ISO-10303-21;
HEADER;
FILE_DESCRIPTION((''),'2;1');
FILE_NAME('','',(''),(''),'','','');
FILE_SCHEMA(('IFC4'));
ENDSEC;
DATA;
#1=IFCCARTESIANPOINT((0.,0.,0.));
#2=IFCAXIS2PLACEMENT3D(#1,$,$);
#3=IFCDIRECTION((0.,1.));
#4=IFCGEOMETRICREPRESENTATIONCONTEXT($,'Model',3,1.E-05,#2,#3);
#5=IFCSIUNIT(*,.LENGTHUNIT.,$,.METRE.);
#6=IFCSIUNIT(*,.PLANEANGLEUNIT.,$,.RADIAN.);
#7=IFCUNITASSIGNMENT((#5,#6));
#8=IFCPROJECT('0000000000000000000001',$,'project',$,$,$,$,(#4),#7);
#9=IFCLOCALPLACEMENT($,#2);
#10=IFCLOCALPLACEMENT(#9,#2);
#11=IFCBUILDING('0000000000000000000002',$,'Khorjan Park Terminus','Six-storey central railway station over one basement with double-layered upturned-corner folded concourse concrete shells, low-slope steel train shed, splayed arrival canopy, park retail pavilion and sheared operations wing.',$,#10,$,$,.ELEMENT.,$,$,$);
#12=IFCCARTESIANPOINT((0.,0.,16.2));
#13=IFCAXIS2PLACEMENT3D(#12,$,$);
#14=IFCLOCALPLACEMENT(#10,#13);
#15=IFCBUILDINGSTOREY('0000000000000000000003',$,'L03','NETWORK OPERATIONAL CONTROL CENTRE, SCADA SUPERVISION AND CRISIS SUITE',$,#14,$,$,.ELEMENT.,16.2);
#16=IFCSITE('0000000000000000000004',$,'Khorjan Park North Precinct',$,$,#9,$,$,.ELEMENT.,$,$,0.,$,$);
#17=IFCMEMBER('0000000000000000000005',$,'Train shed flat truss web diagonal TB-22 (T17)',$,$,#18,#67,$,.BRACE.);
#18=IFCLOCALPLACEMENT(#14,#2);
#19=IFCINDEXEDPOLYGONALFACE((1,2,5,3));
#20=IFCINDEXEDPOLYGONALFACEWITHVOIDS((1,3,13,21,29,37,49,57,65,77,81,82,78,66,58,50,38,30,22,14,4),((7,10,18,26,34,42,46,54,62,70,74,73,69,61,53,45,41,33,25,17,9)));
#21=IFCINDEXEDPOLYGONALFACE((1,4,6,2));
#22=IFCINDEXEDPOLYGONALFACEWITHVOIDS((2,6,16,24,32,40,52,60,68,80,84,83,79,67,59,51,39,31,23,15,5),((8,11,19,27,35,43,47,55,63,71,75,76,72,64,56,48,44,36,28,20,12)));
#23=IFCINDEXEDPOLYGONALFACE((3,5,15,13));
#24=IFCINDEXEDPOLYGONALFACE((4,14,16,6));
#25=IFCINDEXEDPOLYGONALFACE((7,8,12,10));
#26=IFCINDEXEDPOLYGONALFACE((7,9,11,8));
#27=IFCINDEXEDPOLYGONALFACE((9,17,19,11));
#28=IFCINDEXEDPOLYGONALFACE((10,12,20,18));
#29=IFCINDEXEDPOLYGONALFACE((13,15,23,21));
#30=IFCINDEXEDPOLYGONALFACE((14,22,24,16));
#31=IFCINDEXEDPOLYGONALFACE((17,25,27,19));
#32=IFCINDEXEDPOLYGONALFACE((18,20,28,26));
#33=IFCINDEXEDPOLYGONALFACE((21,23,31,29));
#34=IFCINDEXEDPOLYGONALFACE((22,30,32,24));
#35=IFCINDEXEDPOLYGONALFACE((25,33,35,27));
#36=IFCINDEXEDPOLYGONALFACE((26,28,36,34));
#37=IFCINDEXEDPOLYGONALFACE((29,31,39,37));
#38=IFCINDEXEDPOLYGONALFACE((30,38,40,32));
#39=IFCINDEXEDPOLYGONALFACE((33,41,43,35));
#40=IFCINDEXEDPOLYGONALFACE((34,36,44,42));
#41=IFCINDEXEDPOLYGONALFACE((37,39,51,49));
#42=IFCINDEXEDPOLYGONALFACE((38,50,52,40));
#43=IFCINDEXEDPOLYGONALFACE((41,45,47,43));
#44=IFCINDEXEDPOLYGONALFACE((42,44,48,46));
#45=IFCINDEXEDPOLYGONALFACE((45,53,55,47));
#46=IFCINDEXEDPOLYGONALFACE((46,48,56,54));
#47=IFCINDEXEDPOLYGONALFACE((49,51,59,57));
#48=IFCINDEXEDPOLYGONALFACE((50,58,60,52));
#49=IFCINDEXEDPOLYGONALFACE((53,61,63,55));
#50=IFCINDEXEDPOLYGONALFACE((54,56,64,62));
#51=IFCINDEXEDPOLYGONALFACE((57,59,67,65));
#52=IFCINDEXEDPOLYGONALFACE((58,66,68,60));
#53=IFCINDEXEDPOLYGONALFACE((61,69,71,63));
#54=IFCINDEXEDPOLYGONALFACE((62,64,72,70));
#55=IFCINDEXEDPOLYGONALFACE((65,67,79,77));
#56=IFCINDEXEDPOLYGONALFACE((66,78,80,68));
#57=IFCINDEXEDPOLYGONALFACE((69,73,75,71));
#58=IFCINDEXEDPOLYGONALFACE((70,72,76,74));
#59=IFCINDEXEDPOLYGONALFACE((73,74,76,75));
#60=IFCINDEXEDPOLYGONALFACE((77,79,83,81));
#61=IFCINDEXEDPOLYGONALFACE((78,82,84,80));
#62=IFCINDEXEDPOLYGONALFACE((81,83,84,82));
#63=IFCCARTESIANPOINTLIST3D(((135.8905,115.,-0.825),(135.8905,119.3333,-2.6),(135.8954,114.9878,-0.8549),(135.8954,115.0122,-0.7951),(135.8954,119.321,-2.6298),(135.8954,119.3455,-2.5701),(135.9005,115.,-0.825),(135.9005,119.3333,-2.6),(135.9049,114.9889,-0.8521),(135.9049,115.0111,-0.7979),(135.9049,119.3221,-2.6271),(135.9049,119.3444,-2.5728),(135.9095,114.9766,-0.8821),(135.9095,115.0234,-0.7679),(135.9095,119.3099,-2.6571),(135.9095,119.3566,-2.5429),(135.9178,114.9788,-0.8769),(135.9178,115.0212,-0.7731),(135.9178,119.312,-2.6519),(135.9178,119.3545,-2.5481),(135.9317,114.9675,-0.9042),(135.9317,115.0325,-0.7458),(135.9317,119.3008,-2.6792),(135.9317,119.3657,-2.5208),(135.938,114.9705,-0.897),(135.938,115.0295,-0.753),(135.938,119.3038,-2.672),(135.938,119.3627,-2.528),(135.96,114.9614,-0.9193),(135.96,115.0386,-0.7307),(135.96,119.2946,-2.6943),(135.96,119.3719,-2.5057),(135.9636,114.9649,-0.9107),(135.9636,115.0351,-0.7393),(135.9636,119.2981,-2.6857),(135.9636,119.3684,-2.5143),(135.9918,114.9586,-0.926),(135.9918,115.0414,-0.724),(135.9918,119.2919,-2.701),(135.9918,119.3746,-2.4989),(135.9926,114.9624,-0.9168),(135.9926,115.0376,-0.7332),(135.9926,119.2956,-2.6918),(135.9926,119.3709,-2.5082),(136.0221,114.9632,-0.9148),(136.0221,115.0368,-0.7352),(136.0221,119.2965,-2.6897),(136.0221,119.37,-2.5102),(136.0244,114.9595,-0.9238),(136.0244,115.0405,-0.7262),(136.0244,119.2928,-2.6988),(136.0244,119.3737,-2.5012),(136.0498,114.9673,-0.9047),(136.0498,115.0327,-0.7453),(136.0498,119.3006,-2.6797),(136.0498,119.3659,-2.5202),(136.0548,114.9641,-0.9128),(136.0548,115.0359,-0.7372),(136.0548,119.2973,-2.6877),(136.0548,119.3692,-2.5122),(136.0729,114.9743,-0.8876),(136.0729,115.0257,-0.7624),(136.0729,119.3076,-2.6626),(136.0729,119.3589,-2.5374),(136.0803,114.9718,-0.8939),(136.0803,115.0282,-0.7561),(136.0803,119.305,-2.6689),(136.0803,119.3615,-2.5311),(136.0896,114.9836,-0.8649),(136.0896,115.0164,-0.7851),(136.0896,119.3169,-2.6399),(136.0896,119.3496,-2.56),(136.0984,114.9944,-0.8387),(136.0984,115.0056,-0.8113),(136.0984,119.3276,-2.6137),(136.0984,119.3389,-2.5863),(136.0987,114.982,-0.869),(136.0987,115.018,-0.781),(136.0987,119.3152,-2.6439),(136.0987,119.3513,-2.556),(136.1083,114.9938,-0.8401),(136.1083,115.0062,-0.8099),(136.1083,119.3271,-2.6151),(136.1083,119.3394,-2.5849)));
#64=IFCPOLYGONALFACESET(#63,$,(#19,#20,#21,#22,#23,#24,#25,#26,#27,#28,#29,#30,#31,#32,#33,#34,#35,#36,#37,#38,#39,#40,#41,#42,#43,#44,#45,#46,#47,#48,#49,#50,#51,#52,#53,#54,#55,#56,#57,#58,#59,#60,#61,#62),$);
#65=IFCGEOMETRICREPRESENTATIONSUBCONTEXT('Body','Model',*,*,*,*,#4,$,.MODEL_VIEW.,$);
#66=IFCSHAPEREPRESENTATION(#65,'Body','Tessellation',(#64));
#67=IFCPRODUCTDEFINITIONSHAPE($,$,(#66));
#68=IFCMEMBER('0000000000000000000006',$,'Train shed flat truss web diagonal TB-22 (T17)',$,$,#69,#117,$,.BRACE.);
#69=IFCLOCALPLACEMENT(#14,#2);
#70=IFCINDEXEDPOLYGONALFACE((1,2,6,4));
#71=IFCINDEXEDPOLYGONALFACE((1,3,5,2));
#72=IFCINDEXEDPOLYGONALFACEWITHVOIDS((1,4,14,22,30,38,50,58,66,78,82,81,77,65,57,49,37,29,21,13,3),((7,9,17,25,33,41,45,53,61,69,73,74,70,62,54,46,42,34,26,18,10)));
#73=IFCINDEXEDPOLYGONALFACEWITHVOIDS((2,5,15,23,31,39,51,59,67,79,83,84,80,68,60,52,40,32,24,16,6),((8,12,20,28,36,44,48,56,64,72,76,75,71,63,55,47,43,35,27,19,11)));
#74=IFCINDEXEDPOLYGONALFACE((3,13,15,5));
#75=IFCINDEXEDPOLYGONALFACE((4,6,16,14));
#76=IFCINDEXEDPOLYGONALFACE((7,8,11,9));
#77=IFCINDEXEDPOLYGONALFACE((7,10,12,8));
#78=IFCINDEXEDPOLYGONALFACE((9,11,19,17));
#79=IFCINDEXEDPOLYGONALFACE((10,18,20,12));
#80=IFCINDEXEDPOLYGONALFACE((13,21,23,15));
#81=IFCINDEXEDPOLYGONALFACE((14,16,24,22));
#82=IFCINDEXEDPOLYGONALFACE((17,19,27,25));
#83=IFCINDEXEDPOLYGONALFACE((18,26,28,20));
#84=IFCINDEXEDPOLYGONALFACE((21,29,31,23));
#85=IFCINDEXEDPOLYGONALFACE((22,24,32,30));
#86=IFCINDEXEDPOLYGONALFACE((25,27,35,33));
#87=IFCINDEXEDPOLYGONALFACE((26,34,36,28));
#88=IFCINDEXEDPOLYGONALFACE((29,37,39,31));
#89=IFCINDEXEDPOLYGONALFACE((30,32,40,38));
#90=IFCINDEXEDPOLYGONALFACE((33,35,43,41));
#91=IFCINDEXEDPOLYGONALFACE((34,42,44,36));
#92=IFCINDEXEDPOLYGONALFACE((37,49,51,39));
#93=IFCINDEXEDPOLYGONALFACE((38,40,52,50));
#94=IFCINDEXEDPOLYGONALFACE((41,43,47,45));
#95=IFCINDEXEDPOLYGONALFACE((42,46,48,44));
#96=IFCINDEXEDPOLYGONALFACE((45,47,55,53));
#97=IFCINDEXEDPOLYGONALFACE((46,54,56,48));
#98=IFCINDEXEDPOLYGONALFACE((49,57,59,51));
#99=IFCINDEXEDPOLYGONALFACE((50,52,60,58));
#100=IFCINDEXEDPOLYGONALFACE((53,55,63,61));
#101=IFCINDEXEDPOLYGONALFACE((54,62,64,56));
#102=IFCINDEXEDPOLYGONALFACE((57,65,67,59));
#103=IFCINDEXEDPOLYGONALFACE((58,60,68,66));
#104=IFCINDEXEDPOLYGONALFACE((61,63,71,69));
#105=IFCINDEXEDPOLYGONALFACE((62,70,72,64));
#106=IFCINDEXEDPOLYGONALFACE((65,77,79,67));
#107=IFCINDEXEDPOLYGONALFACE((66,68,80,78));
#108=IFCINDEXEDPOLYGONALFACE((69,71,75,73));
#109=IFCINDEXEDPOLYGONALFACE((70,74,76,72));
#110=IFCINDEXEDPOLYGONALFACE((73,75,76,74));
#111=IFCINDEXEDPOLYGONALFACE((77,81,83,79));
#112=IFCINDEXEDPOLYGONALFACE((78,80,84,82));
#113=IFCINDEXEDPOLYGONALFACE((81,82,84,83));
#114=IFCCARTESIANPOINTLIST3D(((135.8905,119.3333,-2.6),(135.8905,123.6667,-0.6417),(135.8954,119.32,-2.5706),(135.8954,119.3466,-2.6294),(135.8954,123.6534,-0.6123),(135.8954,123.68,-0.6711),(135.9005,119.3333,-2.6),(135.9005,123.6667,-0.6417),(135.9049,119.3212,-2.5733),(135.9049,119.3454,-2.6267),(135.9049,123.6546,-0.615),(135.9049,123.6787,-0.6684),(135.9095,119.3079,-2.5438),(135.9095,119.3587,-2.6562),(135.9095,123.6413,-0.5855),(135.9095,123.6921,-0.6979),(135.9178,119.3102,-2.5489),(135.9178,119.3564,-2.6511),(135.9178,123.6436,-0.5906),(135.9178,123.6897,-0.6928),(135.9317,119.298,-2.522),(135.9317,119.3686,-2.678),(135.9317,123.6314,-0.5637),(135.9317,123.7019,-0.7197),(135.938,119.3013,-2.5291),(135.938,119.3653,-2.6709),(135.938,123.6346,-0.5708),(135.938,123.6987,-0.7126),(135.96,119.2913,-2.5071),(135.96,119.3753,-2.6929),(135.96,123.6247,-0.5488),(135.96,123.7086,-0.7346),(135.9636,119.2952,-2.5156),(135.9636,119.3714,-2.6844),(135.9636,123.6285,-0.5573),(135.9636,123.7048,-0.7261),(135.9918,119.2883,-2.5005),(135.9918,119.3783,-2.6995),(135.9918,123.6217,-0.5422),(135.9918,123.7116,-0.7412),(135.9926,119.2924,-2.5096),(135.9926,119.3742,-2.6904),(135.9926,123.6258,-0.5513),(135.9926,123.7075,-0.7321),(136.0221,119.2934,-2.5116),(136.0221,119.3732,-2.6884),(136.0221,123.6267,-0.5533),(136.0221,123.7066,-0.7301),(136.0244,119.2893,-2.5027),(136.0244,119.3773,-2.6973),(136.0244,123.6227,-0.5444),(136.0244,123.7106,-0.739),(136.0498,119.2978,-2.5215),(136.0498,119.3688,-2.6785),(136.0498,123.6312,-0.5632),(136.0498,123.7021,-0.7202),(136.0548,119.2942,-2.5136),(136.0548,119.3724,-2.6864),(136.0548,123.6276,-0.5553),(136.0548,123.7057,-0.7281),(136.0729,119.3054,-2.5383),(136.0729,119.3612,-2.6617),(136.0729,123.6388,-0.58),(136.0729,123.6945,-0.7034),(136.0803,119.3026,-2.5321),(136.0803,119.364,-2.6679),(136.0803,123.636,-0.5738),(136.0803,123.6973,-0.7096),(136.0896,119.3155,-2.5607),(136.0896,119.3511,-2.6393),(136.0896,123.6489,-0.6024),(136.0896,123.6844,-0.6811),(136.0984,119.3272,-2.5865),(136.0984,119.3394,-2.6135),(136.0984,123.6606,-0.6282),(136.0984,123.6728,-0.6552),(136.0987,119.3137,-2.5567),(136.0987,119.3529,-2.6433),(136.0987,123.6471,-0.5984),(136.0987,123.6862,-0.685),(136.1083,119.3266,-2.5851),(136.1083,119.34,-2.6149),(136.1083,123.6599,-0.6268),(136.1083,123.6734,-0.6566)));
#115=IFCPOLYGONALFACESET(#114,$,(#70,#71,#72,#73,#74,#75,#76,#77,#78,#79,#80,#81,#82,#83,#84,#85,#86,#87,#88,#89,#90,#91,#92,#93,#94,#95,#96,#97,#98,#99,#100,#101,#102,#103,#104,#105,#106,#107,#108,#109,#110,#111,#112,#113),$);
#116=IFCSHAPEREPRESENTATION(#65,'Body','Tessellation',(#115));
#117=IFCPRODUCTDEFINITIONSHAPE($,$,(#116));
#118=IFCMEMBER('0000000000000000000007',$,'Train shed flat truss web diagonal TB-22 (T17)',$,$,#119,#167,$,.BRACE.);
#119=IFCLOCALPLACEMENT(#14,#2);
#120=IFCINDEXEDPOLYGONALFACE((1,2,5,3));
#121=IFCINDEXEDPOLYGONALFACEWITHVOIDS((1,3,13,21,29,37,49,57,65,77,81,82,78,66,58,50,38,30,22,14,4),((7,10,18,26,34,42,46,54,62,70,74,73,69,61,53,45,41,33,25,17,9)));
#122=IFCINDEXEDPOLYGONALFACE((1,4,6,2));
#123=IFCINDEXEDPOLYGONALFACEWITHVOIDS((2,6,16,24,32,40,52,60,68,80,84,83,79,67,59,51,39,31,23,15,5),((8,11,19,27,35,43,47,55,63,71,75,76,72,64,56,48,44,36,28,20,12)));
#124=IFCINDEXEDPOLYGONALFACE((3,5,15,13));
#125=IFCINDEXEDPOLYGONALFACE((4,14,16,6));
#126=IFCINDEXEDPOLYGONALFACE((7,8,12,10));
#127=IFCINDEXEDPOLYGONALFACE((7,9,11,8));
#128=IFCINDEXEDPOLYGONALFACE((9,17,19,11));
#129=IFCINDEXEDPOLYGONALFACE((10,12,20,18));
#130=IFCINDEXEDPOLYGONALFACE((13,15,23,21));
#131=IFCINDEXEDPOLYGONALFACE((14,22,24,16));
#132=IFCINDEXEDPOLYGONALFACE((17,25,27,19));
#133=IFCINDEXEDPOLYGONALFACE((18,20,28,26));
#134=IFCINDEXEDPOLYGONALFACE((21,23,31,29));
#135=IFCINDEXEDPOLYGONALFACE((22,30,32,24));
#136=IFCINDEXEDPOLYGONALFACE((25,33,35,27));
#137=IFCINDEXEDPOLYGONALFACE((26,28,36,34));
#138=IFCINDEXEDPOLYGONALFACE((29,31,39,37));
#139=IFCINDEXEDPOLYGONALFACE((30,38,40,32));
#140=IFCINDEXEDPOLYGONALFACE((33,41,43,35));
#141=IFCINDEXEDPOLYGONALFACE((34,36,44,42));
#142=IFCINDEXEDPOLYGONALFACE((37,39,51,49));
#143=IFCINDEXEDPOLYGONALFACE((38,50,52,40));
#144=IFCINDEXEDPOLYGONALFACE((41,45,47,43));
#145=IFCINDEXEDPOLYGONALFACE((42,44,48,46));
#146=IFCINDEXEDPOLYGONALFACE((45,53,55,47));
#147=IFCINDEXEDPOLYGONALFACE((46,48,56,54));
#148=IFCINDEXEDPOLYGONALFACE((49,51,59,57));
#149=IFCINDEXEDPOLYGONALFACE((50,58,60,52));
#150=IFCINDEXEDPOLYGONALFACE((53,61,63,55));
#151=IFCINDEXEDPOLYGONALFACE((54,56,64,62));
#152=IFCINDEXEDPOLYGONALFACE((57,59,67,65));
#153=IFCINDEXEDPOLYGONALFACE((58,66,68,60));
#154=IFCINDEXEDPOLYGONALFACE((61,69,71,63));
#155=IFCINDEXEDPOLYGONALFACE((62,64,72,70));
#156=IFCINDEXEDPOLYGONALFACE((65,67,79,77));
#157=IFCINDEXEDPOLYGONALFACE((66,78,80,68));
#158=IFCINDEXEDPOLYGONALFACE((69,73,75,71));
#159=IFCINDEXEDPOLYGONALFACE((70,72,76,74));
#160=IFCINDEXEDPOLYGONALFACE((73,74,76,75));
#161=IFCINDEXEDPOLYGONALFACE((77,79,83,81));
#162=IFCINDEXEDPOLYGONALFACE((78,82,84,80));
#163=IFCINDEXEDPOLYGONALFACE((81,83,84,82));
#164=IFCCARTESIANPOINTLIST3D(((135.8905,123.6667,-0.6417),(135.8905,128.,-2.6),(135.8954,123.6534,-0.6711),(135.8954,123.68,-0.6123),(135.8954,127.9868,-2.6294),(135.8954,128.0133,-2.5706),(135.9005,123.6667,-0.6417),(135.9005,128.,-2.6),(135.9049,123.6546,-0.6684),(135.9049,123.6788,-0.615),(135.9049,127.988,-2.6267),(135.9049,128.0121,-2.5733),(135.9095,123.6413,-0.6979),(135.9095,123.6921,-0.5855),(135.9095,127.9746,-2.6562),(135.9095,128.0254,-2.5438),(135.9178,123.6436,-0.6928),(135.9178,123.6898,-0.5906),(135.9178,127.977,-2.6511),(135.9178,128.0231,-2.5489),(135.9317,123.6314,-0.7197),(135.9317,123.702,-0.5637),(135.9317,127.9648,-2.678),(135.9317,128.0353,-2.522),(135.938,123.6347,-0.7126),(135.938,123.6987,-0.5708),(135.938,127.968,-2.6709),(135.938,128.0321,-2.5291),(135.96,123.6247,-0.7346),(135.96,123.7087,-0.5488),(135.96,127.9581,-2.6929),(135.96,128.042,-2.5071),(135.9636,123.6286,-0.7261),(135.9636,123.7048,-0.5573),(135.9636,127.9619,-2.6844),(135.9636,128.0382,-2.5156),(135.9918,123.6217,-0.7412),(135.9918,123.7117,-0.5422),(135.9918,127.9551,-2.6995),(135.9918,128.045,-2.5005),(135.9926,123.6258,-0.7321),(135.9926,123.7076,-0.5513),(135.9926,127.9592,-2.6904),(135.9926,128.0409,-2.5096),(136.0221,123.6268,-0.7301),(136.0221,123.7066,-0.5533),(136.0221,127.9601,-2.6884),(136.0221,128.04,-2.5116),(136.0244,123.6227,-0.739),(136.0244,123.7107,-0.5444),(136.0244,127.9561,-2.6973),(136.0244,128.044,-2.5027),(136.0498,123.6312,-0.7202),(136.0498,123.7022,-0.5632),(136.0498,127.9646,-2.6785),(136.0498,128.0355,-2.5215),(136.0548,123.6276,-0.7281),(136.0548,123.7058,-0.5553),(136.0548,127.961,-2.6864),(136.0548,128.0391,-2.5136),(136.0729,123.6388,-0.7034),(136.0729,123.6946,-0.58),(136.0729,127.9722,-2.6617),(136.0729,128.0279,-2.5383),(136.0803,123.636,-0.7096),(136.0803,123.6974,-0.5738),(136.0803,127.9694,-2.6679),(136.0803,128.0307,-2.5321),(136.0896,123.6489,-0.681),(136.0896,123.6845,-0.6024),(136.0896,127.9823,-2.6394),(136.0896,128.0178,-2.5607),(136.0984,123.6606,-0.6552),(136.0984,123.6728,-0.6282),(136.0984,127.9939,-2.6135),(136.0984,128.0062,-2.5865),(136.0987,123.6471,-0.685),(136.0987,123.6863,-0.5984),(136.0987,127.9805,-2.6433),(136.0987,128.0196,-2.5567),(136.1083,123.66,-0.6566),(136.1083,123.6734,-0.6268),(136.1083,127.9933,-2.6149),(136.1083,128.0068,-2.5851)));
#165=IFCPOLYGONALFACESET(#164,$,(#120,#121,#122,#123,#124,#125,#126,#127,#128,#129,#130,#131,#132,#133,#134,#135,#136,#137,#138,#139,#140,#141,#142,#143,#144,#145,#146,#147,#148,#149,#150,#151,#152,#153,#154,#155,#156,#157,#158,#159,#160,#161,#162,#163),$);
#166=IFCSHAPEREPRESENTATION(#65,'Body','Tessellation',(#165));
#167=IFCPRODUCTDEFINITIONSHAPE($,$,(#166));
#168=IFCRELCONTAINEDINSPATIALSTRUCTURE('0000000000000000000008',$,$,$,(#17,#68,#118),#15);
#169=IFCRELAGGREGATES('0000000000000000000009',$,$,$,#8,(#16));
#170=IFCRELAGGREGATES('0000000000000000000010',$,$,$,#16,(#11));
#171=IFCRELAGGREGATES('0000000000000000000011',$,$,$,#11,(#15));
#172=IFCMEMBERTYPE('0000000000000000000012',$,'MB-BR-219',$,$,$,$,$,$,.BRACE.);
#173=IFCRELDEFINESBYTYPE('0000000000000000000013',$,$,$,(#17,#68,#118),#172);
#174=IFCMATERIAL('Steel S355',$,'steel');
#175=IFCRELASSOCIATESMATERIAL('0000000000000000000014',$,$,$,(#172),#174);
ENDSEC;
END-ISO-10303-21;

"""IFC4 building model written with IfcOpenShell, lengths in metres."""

from ifc_helpers import new_model, si_unit, direction, frame, origin, origin_2d, place, context, subcontext, project, spatial, hollow_circle, extrude, material, material_profile, profile_set, type_object, element, save


model = new_model("IFC4")

# Units and contexts
model_context = context("Model", 3, precision=1e-05, world=origin(), true_north=direction((0.0, 1.0)))
body_context = subcontext(model_context, "Body", "Model", "MODEL_VIEW")
ifc_project = project(units=[si_unit("LENGTHUNIT", "METRE"), si_unit("PLANEANGLEUNIT", "RADIAN")], contexts=[model_context])

# Site, building, storey
site_placement = place(None, origin())
site = spatial("IfcSite", under=ifc_project, at=site_placement, Name="Khorjan Park North Precinct", CompositionType="ELEMENT", RefElevation=0.0)
building_placement = place(site_placement, origin())
building = spatial("IfcBuilding", under=site, at=building_placement, Name="Khorjan Park Terminus", Description="Six-storey central railway station over one basement with double-layered upturned-corner folded concourse concrete shells, low-slope steel train shed, splayed arrival canopy, park retail pavilion and sheared operations wing.", CompositionType="ELEMENT")
storey_placement = place(building_placement, frame((0.0, 0.0, 16.2)))
storey = spatial("IfcBuildingStorey", under=building, at=storey_placement, Name="L03", Description="NETWORK OPERATIONAL CONTROL CENTRE, SCADA SUPERVISION AND CRISIS SUITE", CompositionType="ELEMENT", Elevation=16.2)

# Members
ifc_material = material(Name="Steel S355", Category="steel")
ifc_material_profile_1 = material_profile(ifc_material, hollow_circle(Radius=0.1095, WallThickness=0.01, at=origin_2d()), Name="CHS 219.1x10")
ifc_profile_set_1 = profile_set([ifc_material_profile_1], Name="Steel S355")
member_type_1 = type_object("IfcMemberType", Name="MB-BR-219", PredefinedType="BRACE", material=ifc_profile_set_1)
for number, where, z_axis, x_axis, name in (
    (1, (136.0, 115.0, -0.825), (0.0, 0.925376, -0.379051), (-1.0, 0.0, 0.0), "Train shed flat truss web diagonal TB-22 (T17)"),
):
    element("IfcMember", number, at=place(storey_placement, frame(where, z_axis=z_axis, x_axis=x_axis)), inside=storey, type_object=member_type_1, Name=name, PredefinedType="BRACE", context=body_context, shape_type="SweptSolid", body=[
        extrude(hollow_circle(Radius=0.1095, WallThickness=0.01, at=origin_2d()), origin(), (0.0, 0.0, 1.0), 4.6827),
    ])
for number, where, z_axis, x_axis, name in (
    (2, (136.0, 119.3333, -2.6), (0.0, 0.91127, 0.41181), (-1.0, 0.0, 0.0), "Train shed flat truss web diagonal TB-22 (T17)"),
    (3, (136.0, 123.6667, -0.6417), (0.0, 0.911266, -0.411818), (-1.0, 0.0, 0.0), "Train shed flat truss web diagonal TB-22 (T17)"),
):
    element("IfcMember", number, at=place(storey_placement, frame(where, z_axis=z_axis, x_axis=x_axis)), inside=storey, type_object=member_type_1, Name=name, PredefinedType="BRACE", context=body_context, shape_type="SweptSolid", body=[
        extrude(hollow_circle(Radius=0.1095, WallThickness=0.01, at=origin_2d()), origin(), (0.0, 0.0, 1.0), 4.7553),
    ])

save(model, "model.ifc")
